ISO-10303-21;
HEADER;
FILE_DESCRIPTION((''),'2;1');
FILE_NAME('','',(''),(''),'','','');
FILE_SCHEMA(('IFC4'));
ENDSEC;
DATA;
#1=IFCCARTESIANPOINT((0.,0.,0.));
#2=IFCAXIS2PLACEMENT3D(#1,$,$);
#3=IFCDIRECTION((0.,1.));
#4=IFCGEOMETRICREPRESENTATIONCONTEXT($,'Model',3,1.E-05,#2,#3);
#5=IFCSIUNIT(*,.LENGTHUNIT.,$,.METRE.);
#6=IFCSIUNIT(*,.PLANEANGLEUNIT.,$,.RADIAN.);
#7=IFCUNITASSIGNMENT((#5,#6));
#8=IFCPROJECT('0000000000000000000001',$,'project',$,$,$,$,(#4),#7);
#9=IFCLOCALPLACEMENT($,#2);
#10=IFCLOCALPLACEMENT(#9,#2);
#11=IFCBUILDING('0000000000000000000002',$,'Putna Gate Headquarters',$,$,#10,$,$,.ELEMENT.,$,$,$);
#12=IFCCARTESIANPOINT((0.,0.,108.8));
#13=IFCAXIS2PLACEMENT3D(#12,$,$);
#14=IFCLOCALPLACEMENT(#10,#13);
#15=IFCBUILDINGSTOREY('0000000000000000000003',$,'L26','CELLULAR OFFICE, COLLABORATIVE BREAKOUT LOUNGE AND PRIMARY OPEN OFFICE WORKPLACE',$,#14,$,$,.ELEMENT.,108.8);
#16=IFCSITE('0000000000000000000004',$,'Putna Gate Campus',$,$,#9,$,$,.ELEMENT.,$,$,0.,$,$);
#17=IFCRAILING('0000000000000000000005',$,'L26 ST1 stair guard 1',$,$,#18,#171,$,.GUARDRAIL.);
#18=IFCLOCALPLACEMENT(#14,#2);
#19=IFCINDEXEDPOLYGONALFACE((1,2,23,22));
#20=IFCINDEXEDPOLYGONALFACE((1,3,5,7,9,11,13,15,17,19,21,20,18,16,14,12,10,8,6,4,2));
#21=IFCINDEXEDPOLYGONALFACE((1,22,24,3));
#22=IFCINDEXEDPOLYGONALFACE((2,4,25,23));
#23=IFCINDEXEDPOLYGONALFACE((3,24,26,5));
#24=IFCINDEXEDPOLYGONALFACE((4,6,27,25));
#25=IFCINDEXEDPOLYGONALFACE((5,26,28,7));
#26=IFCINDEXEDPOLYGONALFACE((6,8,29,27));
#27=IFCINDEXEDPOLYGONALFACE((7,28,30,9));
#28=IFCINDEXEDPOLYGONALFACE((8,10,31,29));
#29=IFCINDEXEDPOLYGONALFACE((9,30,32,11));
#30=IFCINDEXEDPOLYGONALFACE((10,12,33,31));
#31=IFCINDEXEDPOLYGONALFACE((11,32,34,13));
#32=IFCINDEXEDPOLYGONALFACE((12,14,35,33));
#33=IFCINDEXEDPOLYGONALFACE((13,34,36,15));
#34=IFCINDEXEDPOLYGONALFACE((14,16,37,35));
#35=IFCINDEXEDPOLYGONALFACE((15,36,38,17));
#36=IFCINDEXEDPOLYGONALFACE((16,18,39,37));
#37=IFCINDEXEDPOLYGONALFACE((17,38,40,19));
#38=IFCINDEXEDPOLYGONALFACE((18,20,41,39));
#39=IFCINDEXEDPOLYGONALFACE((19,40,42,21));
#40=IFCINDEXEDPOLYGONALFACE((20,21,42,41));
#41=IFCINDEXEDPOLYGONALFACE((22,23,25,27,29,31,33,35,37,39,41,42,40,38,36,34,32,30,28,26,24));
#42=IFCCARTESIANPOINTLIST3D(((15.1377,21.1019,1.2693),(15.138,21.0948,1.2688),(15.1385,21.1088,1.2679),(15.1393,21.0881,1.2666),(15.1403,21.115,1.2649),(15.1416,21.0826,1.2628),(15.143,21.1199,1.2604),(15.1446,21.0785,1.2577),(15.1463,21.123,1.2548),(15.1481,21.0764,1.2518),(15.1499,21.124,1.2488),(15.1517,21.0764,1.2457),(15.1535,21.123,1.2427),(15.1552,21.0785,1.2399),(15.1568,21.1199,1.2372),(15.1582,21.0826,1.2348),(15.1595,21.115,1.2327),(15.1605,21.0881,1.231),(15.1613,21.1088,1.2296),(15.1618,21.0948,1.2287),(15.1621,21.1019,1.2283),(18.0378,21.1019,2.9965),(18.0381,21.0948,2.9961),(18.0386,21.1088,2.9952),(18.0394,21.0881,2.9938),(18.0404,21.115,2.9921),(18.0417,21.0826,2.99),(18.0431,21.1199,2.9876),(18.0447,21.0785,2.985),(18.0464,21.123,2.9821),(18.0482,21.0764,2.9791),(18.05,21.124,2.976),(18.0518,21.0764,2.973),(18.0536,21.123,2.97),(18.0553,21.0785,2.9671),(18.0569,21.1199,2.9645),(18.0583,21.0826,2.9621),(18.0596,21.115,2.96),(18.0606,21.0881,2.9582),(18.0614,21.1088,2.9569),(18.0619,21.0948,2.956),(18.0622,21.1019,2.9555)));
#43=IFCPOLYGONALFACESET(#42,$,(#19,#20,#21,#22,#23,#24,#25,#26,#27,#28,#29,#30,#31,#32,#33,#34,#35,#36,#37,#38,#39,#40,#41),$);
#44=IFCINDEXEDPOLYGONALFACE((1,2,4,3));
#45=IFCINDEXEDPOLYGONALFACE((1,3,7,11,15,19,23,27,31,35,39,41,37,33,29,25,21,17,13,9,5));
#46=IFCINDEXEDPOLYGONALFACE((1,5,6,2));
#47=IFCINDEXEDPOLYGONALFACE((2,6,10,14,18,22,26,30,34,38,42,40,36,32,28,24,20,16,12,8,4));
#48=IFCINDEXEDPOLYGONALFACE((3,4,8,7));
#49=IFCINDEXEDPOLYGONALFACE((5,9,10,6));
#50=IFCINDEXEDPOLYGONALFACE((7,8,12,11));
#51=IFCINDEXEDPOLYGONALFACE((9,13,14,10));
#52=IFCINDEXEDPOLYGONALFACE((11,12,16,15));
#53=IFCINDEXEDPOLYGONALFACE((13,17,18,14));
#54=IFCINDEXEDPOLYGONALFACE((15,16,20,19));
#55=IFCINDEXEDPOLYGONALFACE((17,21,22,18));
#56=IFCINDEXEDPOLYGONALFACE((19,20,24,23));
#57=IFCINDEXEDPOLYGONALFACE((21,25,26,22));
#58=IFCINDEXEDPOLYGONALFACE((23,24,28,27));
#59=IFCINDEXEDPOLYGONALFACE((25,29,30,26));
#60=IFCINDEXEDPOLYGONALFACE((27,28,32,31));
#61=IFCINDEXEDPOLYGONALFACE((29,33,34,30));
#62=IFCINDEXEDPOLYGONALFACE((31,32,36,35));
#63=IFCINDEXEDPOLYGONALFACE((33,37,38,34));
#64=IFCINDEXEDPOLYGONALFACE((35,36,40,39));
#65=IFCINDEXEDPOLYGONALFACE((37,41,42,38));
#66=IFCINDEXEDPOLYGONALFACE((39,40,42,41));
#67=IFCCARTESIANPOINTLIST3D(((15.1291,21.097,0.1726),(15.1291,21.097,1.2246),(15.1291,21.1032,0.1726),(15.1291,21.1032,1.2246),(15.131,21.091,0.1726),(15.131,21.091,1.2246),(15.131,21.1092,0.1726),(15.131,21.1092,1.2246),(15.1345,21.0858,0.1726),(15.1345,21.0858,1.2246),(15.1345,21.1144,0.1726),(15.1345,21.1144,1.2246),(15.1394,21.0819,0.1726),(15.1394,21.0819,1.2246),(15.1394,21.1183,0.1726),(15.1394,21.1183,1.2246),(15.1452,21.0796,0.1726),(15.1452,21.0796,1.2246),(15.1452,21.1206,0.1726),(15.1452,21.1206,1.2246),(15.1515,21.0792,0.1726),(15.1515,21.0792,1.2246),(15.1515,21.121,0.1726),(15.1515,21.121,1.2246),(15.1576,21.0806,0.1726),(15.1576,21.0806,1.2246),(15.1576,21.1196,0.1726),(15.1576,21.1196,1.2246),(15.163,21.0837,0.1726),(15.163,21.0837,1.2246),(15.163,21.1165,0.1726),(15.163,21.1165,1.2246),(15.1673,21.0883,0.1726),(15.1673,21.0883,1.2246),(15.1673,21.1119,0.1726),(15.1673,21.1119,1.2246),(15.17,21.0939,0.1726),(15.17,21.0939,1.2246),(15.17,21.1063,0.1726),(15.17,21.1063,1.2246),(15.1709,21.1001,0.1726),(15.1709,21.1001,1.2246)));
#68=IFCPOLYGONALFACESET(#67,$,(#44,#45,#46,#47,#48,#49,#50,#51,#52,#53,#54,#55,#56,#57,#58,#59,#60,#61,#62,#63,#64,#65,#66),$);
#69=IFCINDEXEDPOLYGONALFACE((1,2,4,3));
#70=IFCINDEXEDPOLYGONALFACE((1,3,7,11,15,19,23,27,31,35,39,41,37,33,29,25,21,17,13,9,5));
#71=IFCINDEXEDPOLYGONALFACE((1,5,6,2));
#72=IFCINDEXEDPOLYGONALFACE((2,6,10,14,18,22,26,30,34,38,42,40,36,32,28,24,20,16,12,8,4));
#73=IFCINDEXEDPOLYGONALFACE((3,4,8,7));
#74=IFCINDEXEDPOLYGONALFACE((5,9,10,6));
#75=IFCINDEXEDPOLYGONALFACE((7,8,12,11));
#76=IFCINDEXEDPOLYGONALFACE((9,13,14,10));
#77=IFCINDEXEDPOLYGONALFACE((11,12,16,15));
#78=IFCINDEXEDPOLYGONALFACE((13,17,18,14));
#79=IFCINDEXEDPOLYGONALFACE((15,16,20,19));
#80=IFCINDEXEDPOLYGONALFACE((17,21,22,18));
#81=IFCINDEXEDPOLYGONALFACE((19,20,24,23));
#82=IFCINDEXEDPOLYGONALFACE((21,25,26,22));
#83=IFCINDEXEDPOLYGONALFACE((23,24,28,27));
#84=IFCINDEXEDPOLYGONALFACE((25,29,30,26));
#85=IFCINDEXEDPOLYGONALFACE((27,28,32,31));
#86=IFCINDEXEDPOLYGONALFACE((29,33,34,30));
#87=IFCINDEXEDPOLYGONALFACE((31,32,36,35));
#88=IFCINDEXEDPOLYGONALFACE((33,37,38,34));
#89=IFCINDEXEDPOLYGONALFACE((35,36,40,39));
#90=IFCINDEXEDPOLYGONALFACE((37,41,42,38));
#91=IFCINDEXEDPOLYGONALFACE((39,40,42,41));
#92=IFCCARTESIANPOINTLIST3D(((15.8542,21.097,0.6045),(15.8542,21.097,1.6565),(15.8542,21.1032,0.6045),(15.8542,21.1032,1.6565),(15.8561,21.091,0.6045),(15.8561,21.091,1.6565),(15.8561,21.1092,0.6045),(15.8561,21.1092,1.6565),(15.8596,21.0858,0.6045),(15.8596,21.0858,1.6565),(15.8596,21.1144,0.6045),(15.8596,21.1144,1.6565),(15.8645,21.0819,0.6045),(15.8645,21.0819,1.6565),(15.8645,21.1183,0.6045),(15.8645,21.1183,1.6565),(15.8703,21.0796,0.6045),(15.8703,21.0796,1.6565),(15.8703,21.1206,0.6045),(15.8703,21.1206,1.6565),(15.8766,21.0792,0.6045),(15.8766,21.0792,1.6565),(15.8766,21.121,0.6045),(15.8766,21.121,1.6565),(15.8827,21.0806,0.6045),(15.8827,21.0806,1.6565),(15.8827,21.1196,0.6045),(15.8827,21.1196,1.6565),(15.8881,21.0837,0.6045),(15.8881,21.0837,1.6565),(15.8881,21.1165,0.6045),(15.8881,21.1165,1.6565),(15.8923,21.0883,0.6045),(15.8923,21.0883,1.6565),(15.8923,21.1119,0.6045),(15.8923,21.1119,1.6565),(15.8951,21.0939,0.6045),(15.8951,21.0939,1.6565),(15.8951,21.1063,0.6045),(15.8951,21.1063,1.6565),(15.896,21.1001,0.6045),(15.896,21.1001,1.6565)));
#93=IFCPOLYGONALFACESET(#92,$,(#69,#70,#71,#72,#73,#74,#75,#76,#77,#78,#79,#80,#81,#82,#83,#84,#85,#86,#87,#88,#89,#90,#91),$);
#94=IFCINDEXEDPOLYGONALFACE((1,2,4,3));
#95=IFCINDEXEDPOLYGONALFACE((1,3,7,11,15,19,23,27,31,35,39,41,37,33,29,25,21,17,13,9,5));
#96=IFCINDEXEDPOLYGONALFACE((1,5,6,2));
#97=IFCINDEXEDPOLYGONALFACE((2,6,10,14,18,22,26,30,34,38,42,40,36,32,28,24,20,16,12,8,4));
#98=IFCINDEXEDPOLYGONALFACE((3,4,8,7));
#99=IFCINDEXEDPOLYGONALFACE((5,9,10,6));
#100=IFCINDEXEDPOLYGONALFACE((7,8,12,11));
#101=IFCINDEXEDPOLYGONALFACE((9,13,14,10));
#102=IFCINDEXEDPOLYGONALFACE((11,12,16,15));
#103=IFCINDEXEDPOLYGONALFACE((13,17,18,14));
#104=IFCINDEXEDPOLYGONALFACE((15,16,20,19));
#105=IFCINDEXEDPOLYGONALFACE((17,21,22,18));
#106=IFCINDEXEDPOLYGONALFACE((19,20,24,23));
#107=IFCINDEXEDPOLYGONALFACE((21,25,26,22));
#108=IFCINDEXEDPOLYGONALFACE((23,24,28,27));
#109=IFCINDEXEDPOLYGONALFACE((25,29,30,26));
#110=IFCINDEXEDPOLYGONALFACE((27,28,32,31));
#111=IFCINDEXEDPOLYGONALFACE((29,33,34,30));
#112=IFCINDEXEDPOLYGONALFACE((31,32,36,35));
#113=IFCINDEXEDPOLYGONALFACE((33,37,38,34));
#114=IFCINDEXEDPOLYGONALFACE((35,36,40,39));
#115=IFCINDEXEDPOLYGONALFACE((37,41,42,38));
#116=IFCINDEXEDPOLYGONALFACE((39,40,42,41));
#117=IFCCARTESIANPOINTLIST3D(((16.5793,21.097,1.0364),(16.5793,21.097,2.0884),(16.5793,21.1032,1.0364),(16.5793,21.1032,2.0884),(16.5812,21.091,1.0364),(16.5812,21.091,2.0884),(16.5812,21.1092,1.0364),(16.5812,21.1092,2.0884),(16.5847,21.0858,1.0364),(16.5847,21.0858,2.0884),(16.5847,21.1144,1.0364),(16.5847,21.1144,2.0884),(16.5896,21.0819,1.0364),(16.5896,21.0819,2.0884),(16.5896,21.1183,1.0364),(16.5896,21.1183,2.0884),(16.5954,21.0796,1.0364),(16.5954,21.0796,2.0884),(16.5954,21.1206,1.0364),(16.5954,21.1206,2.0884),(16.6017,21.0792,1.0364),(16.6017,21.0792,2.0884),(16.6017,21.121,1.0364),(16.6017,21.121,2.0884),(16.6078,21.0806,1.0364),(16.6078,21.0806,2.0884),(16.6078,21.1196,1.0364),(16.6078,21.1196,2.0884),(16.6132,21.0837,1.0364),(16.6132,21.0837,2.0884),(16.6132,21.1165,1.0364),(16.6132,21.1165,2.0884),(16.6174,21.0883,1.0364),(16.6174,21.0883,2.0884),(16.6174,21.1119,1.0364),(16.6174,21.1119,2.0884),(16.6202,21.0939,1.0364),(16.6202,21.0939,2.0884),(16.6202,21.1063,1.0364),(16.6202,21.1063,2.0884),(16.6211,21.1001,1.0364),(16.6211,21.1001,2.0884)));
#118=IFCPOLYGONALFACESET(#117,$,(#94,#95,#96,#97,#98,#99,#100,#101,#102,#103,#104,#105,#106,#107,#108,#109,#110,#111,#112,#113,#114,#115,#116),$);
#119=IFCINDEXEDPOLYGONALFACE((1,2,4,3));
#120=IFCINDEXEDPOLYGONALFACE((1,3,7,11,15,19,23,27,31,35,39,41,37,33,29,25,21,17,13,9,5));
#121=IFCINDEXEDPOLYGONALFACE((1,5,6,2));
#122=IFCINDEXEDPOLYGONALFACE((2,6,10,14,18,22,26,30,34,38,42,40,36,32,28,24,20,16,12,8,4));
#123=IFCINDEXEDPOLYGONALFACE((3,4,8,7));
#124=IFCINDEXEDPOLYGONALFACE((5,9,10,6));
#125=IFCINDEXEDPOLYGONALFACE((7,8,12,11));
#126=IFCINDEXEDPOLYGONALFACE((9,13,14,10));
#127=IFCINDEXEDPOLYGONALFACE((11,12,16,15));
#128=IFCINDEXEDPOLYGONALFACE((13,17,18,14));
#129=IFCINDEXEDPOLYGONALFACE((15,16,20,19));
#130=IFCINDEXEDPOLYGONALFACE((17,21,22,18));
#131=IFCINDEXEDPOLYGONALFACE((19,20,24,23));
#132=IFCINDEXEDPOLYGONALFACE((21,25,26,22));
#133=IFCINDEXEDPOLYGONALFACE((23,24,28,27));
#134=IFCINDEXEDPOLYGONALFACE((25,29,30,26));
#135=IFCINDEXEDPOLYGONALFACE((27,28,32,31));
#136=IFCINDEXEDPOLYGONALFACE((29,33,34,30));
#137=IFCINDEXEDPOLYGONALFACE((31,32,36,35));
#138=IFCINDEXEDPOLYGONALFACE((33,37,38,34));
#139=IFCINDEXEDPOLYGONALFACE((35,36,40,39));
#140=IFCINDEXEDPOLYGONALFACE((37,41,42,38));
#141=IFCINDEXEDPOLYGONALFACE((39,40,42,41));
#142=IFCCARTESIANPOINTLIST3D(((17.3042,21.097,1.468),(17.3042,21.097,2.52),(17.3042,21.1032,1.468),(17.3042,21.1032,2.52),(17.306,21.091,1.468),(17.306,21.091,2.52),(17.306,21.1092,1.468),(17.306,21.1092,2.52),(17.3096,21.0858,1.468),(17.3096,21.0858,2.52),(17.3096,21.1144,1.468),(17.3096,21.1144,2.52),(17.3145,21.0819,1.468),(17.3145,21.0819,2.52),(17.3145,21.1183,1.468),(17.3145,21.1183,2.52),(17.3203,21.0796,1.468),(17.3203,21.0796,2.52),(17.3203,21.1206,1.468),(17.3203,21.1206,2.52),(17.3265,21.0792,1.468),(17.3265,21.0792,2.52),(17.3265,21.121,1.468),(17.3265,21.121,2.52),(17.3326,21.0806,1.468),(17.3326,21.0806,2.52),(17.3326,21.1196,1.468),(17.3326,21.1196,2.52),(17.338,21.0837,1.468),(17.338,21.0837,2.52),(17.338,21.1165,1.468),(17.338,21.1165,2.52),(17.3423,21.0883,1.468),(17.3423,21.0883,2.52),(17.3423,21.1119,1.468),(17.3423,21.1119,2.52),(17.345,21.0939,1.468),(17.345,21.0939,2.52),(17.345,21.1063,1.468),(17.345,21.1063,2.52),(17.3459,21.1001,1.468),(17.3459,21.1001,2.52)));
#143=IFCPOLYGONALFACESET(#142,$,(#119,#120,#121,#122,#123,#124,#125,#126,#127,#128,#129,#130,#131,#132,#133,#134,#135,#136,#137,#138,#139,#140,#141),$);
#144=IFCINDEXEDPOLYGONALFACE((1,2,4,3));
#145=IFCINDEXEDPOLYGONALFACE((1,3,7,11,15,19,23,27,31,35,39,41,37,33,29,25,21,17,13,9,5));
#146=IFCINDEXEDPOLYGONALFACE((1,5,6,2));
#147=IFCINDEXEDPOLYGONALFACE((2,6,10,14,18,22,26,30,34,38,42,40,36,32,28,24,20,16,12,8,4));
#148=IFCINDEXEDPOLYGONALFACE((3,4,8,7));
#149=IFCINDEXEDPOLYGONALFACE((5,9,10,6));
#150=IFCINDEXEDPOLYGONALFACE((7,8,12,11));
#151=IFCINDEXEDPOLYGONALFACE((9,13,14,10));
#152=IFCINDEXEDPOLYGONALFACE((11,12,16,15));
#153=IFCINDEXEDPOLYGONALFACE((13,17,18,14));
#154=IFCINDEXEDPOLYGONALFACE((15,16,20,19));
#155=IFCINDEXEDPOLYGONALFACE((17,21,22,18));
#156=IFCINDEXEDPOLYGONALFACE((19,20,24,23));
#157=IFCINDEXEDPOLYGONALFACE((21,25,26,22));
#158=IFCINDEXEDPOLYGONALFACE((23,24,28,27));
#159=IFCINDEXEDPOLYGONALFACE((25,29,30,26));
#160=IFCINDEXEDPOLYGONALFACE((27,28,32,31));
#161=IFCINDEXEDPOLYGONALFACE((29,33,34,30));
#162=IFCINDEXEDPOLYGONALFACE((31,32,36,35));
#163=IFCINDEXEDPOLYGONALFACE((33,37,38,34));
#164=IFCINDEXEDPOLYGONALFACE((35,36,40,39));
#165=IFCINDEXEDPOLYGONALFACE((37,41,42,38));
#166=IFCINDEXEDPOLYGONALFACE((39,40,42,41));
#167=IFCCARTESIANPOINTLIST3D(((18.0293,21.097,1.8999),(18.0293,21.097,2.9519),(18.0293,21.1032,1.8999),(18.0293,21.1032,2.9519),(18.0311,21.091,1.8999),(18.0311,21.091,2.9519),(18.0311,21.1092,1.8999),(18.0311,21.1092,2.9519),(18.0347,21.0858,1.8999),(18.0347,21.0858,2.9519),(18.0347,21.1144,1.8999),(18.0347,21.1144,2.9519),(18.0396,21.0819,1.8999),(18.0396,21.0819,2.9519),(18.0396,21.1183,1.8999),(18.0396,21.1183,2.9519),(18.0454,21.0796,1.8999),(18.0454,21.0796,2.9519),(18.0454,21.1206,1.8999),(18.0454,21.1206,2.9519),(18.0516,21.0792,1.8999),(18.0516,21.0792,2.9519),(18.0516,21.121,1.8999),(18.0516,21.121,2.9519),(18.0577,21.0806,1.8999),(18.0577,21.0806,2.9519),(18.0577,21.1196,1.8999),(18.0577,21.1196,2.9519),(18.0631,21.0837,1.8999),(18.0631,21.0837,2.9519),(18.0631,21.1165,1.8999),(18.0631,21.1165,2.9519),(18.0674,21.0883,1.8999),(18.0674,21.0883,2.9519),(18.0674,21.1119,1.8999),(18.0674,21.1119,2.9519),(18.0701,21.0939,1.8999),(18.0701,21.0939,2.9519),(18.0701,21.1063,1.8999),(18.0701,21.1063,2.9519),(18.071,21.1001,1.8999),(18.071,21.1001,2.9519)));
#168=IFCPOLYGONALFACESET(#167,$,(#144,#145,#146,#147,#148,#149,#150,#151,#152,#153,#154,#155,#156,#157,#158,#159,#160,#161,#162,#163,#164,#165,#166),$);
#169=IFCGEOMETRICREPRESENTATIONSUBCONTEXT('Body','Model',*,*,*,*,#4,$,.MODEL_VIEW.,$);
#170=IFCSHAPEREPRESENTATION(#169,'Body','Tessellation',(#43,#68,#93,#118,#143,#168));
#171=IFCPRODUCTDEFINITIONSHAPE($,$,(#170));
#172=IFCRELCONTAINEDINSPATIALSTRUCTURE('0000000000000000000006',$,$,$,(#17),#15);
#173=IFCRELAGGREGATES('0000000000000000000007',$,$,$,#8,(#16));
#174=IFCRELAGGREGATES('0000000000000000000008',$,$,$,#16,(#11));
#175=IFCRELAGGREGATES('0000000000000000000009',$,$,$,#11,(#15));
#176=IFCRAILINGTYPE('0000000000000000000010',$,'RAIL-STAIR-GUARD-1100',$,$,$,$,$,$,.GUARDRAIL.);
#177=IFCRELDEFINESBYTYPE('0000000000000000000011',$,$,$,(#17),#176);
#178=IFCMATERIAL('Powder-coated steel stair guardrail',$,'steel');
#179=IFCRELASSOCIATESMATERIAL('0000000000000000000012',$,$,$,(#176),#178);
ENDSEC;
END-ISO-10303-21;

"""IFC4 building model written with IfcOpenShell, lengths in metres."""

from ifc_helpers import new_model, si_unit, direction, frame, origin, origin_2d, place, context, subcontext, project, spatial, circle, extrude, material, type_object, element, save


model = new_model("IFC4")

# Units and contexts
model_context = context("Model", 3, precision=1e-05, world=origin(), true_north=direction((0.0, 1.0)))
body_context = subcontext(model_context, "Body", "Model", "MODEL_VIEW")
ifc_project = project(units=[si_unit("LENGTHUNIT", "METRE"), si_unit("PLANEANGLEUNIT", "RADIAN")], contexts=[model_context])

# Site, building, storey
site_placement = place(None, origin())
site = spatial("IfcSite", under=ifc_project, at=site_placement, Name="Putna Gate Campus", CompositionType="ELEMENT", RefElevation=0.0)
building_placement = place(site_placement, origin())
building = spatial("IfcBuilding", under=site, at=building_placement, Name="Putna Gate Headquarters", CompositionType="ELEMENT")
storey_placement = place(building_placement, frame((0.0, 0.0, 108.8)))
storey = spatial("IfcBuildingStorey", under=building, at=storey_placement, Name="L26", Description="CELLULAR OFFICE, COLLABORATIVE BREAKOUT LOUNGE AND PRIMARY OPEN OFFICE WORKPLACE", CompositionType="ELEMENT", Elevation=108.8)

# Railing
ifc_material_1 = material(Name="Powder-coated steel stair guardrail", Category="steel")
railing_type_1 = type_object("IfcRailingType", Name="RAIL-STAIR-GUARD-1100", PredefinedType="GUARDRAIL", material=ifc_material_1)
railing_1_placement = place(storey_placement, frame((15.1499, 21.1001, 0.1726)))
element("IfcRailing", 1, at=railing_1_placement, inside=storey, type_object=railing_type_1, Name="L26 ST1 stair guard 1", PredefinedType="GUARDRAIL", context=body_context, shape_type="SweptSolid", body=[
    extrude(circle(Radius=0.0239, at=origin_2d()), frame((0.0, 0.0, 1.0762), z_axis=(0.85916, 0.0, 0.511706), x_axis=(0.0, 1.0, 0.0)), (0.0, 0.0, 1.0), 3.3755),
    extrude(circle(Radius=0.021, at=origin_2d()), origin(), (0.0, 0.0, 1.0), 1.052),
    extrude(circle(Radius=0.021, at=origin_2d()), frame((0.7251, 0.0, 0.4319)), (0.0, 0.0, 1.0), 1.052),
    extrude(circle(Radius=0.021, at=origin_2d()), frame((1.4502, 0.0, 0.8638)), (0.0, 0.0, 1.0), 1.052),
    extrude(circle(Radius=0.021, at=origin_2d()), frame((2.175, 0.0, 1.2954)), (0.0, 0.0, 1.0), 1.052),
    extrude(circle(Radius=0.021, at=origin_2d()), frame((2.9001, 0.0, 1.7273)), (0.0, 0.0, 1.0), 1.052),
])

save(model, "model.ifc")
